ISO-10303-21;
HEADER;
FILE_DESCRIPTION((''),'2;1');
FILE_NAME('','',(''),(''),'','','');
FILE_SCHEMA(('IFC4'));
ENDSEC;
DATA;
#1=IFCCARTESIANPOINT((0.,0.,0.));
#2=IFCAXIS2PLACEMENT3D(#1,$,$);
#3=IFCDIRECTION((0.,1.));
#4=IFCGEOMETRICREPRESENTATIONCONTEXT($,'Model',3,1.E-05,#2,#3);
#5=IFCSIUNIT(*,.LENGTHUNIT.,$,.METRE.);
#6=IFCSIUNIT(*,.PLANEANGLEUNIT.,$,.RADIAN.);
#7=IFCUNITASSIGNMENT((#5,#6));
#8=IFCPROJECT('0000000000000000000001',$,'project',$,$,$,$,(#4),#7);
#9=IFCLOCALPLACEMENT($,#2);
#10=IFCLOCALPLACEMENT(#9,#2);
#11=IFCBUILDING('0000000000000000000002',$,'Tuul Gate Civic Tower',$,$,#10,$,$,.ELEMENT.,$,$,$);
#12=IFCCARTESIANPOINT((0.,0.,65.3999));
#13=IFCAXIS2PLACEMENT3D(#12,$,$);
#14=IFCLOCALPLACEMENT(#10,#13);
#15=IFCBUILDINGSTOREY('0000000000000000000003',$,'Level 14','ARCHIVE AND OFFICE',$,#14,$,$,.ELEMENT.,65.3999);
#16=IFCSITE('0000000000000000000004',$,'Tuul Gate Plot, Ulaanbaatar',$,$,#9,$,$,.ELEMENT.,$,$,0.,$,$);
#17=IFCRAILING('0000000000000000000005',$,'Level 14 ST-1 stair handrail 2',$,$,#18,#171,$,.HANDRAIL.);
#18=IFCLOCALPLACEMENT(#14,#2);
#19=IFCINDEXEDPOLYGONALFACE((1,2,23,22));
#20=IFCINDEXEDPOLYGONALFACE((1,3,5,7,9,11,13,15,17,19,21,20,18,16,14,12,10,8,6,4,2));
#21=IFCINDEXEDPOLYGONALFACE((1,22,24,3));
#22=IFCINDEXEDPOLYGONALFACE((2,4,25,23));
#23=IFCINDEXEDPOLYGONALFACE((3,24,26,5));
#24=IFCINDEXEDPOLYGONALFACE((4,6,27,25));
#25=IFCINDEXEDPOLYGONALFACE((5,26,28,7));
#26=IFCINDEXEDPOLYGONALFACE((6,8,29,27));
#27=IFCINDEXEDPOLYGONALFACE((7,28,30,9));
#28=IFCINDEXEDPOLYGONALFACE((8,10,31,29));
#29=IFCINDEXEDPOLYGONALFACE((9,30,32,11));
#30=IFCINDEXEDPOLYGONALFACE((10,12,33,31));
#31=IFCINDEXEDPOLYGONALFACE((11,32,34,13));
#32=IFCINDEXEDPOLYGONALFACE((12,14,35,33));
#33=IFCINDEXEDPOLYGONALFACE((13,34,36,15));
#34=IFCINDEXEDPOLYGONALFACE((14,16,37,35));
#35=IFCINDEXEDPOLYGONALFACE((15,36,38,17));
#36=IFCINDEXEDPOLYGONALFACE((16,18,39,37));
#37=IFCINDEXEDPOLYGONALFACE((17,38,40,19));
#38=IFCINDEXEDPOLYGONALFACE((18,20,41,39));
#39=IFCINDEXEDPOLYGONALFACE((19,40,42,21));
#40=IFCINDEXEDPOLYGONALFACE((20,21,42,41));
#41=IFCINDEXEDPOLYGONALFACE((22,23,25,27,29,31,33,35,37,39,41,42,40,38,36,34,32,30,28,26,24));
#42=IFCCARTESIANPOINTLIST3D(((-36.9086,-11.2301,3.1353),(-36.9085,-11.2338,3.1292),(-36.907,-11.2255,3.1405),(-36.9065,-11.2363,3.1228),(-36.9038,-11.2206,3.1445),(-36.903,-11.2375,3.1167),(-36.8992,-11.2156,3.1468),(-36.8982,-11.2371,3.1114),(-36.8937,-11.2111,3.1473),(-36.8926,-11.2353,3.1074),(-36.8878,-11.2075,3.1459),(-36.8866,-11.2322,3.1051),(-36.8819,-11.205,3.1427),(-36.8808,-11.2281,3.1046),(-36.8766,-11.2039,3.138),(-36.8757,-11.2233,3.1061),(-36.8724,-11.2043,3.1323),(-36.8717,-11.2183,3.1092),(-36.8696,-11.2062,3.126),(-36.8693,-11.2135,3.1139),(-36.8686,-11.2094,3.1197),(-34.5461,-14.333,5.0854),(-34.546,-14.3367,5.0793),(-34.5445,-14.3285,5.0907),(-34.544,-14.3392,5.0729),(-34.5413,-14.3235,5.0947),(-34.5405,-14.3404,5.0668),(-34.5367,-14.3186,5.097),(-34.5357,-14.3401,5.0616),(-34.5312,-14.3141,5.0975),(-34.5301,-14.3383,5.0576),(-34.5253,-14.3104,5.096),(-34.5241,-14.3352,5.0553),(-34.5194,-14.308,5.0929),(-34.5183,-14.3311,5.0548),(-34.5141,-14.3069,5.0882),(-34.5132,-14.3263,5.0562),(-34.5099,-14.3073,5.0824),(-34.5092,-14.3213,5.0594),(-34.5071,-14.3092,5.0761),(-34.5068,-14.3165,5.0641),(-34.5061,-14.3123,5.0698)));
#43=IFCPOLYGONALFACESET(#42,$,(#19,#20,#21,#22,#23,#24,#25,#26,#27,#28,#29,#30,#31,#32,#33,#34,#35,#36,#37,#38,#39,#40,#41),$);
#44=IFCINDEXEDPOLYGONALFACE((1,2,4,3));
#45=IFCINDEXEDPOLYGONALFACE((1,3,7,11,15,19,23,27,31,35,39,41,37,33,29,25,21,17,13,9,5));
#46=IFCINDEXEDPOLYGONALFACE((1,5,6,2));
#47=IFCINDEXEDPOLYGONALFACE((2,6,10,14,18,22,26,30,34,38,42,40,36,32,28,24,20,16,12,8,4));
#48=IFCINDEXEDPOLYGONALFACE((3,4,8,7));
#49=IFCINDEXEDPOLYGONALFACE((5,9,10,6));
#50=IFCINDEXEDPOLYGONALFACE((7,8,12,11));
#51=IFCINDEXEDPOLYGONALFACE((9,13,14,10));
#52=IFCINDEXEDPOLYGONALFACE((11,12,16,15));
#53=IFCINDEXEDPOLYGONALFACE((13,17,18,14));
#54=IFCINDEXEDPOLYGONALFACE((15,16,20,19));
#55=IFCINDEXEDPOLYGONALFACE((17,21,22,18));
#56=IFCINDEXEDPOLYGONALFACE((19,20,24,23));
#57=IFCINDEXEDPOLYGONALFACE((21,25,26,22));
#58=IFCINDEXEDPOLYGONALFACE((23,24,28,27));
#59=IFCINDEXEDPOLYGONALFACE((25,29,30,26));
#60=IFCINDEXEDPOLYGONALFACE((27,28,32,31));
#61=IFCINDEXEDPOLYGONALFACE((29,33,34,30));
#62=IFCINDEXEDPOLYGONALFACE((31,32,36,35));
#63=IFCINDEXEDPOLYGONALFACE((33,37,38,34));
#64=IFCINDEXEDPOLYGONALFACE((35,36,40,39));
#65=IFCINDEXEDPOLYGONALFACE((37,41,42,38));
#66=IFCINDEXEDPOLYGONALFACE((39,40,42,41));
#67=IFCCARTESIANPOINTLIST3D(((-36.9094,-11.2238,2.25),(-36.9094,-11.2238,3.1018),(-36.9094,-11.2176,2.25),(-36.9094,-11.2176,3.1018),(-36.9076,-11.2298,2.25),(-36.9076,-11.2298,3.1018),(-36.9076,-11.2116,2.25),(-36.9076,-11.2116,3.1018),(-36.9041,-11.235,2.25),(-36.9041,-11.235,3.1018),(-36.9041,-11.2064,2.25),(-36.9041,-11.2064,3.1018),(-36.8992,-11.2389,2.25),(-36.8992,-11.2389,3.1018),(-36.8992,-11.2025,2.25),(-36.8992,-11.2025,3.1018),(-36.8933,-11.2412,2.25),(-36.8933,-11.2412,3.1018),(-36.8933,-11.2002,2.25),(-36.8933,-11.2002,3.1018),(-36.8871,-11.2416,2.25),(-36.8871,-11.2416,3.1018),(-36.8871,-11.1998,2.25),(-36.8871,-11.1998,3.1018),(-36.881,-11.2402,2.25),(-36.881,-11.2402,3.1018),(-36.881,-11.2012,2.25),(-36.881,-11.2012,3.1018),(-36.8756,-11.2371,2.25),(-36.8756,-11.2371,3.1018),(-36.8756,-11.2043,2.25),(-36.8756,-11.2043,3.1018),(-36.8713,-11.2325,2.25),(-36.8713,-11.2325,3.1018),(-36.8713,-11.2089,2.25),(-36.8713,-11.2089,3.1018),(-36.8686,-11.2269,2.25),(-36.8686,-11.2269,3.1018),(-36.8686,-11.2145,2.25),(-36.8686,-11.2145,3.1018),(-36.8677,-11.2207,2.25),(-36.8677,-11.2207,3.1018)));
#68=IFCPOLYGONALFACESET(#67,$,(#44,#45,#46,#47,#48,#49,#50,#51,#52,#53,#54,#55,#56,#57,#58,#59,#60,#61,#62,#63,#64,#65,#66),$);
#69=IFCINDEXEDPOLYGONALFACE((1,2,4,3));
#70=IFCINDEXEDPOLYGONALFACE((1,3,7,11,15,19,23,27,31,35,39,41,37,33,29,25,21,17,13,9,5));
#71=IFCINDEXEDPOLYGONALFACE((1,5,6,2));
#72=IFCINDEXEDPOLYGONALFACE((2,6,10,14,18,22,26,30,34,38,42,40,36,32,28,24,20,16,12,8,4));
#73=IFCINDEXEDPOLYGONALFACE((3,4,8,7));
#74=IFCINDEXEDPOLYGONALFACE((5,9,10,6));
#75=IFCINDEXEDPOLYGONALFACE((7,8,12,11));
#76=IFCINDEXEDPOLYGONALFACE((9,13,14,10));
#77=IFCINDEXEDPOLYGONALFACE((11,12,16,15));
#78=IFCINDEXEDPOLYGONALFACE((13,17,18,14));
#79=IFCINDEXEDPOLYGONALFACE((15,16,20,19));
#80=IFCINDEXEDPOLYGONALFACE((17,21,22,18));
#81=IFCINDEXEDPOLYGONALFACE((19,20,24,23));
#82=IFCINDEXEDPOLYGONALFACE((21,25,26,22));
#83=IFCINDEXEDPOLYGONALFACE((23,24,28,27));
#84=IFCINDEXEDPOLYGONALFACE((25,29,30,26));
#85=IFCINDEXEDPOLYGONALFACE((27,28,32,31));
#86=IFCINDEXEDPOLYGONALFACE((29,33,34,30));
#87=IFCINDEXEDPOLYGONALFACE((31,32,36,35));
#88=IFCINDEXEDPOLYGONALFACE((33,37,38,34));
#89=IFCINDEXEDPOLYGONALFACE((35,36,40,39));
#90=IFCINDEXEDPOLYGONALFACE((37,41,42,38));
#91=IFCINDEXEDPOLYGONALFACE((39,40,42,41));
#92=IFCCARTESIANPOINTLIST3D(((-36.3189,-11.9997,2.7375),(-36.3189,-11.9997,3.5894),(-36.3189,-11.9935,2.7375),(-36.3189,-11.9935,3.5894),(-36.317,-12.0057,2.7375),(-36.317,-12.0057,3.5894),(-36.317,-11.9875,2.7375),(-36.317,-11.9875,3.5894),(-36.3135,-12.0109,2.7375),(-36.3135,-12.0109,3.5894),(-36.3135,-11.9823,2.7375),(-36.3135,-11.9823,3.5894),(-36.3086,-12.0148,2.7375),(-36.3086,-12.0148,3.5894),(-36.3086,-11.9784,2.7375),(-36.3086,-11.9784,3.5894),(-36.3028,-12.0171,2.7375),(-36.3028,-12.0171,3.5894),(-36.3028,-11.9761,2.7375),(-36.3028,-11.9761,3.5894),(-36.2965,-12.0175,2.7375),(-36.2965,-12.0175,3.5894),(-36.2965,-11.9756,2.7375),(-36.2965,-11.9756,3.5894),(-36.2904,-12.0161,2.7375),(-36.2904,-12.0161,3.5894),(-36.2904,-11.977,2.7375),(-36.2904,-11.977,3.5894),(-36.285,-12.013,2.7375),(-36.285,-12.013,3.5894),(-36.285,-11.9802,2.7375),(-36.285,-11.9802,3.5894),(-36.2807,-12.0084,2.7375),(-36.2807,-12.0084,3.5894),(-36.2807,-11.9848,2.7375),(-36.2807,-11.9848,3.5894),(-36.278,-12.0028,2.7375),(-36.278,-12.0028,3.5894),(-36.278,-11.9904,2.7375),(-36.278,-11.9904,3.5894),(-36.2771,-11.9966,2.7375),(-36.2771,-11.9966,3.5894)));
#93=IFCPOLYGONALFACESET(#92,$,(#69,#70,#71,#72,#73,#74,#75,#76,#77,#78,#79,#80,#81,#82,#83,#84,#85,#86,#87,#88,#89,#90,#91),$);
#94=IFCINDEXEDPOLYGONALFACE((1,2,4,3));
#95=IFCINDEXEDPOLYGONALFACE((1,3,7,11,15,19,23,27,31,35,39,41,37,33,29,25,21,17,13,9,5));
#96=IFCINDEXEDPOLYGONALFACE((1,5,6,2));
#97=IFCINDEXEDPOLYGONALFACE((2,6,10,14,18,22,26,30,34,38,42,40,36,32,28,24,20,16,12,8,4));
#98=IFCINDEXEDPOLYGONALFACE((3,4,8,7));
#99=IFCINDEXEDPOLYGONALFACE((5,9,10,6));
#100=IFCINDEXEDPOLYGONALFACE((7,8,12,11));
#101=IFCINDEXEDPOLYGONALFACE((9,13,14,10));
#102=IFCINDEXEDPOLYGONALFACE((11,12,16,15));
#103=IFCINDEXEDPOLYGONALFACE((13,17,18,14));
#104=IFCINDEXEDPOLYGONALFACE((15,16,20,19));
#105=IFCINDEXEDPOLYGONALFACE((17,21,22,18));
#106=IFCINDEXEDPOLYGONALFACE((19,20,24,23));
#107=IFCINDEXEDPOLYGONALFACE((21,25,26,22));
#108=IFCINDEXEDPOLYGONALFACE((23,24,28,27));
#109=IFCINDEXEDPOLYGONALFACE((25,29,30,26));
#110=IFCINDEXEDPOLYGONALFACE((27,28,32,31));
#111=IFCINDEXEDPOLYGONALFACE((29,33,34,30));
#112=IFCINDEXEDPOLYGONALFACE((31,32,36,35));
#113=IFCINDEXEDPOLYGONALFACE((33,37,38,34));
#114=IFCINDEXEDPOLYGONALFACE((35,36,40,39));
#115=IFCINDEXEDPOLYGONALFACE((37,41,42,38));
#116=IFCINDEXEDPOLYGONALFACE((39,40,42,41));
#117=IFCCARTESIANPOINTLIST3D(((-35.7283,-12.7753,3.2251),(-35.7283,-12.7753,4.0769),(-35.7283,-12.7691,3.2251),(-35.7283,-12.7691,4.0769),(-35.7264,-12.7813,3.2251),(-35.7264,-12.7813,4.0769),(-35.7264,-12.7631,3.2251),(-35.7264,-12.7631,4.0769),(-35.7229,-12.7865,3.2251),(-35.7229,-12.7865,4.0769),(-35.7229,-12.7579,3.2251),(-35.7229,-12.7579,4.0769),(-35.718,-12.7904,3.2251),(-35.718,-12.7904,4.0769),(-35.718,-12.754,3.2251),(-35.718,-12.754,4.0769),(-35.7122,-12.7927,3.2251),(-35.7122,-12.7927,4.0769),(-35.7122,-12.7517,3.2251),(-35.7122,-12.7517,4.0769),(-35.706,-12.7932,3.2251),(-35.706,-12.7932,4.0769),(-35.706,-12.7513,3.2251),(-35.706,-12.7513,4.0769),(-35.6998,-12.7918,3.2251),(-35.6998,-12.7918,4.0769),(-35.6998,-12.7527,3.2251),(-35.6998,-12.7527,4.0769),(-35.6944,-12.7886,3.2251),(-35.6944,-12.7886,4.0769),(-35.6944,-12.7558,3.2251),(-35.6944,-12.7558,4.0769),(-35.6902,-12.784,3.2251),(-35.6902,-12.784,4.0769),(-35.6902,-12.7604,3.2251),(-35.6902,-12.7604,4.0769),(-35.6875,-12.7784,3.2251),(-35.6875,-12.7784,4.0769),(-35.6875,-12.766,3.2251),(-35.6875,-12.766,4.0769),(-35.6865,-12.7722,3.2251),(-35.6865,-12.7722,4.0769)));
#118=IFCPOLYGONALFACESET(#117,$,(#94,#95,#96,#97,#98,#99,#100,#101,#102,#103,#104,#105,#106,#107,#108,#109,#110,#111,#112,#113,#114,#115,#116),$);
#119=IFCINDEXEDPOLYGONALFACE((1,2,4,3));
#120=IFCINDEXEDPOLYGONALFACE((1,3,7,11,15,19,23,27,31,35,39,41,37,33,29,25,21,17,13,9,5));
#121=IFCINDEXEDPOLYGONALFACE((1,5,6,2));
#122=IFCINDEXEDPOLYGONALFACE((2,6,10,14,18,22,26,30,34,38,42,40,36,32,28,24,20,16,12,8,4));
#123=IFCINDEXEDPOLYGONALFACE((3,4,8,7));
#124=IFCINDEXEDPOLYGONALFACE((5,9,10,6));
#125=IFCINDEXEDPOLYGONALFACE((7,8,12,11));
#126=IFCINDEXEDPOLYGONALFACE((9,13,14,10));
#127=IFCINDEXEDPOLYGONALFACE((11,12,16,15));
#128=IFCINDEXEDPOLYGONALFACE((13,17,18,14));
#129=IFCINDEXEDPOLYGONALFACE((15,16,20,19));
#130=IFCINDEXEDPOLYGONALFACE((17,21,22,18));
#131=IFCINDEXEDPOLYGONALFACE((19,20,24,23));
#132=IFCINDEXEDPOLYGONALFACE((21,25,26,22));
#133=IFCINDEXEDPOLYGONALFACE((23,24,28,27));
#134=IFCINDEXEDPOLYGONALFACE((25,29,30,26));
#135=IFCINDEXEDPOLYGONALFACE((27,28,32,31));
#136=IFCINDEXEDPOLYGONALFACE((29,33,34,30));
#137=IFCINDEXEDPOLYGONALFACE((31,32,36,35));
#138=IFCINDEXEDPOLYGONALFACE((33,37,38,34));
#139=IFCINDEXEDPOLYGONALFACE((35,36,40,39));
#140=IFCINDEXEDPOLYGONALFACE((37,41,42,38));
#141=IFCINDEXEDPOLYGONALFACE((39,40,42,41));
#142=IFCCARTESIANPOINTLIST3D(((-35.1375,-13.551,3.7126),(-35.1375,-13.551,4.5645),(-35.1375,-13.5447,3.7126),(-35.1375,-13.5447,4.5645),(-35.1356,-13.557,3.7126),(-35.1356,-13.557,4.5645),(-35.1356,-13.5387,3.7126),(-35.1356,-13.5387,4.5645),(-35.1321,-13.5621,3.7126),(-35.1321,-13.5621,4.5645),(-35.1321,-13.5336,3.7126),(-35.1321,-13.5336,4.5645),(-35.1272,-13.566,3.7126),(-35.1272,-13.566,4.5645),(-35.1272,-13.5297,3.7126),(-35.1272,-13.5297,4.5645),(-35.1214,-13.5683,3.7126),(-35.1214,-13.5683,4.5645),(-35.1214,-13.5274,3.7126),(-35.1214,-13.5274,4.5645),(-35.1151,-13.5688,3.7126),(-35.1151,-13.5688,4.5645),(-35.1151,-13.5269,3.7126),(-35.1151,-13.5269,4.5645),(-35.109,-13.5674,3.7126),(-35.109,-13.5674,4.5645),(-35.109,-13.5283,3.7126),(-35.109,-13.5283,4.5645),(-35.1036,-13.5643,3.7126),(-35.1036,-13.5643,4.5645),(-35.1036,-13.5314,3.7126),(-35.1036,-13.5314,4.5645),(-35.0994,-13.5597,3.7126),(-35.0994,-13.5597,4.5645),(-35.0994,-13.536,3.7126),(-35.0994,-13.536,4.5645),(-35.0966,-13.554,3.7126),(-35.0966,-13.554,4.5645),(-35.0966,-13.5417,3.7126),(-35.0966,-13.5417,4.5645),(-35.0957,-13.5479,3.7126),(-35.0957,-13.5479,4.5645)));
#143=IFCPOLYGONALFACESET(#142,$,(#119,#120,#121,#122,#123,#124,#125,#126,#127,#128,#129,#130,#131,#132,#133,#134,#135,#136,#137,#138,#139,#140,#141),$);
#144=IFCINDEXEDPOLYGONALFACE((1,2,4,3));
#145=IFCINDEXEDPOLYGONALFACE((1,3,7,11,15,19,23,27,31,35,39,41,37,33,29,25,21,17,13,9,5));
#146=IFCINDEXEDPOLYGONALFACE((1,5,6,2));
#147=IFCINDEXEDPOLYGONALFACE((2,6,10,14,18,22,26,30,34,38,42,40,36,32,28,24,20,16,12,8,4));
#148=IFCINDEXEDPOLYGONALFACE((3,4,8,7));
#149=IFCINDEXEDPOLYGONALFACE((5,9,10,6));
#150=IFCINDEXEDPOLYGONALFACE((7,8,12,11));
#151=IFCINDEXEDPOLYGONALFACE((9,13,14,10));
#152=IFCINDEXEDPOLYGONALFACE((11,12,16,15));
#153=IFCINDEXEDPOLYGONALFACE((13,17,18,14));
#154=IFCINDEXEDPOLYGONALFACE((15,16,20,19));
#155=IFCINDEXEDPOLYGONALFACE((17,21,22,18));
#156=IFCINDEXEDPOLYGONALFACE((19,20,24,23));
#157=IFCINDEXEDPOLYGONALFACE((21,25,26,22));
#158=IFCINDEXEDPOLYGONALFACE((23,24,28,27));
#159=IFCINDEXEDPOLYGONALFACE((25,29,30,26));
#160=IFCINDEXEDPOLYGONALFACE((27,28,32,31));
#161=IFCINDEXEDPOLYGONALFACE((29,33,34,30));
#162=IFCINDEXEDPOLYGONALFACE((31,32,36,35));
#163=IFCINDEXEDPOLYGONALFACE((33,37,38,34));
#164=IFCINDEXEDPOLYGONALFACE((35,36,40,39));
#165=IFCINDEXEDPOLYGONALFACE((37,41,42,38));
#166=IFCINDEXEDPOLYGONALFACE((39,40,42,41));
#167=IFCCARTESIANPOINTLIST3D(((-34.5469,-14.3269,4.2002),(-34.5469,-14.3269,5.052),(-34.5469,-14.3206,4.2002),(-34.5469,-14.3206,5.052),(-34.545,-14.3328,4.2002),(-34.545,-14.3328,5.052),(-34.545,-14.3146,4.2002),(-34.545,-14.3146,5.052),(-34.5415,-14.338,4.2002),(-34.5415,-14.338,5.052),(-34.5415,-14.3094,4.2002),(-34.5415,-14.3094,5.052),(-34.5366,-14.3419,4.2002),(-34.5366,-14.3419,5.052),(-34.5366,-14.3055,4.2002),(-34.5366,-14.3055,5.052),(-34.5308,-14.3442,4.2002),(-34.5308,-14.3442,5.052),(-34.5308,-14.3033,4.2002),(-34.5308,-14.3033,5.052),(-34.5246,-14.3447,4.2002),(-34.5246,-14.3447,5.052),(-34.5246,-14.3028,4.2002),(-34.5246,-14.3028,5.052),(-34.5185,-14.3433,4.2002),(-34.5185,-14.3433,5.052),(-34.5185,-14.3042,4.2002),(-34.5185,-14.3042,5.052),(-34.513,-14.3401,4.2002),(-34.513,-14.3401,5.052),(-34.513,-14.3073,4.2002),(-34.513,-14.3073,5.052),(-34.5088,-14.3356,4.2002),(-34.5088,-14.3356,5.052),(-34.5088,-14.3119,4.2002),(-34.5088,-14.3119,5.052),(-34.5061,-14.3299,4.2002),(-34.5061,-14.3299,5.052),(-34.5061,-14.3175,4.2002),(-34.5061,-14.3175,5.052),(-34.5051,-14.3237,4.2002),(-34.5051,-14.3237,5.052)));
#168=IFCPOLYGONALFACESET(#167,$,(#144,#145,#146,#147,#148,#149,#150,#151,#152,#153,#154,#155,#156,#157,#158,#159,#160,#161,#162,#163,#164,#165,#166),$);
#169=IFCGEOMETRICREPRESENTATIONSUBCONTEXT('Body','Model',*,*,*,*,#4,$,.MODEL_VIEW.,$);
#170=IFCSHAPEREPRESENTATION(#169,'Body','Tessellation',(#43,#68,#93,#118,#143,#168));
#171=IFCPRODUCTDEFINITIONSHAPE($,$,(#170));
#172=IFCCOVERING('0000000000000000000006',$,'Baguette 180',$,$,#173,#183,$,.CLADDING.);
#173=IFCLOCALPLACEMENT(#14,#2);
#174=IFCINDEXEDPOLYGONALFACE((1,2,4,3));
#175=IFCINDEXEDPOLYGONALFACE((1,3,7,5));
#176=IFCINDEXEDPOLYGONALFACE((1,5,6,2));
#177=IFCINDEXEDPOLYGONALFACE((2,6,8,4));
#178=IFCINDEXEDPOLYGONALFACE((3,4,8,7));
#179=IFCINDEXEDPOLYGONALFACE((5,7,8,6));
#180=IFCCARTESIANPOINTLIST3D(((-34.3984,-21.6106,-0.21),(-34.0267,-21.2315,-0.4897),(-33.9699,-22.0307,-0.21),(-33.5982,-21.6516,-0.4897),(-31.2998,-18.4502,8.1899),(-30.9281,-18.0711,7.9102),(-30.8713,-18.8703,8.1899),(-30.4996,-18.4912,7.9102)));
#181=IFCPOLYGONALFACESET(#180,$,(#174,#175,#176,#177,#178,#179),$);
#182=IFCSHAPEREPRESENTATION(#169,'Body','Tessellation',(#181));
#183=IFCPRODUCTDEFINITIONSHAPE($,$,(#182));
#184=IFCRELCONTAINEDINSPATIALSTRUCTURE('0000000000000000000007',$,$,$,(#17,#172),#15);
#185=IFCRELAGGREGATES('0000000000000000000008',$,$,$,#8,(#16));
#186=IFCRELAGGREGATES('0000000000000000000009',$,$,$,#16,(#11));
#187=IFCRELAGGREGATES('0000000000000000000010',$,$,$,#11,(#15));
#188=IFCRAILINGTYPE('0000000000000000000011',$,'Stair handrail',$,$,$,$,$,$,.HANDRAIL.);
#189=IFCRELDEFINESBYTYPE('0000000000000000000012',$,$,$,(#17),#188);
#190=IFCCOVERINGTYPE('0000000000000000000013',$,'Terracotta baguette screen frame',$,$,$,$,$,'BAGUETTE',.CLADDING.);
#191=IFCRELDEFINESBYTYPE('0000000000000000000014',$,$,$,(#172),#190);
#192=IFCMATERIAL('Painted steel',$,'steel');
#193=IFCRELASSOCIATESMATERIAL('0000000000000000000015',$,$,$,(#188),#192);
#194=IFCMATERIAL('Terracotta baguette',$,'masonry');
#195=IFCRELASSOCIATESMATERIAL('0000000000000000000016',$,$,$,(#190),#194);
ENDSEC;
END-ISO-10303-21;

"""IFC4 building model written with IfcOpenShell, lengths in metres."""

from ifc_helpers import new_model, si_unit, direction, frame, origin, origin_2d, place, context, subcontext, project, spatial, rectangle, circle, extrude, material, material_profile, profile_set, type_object, element, save


model = new_model("IFC4")

# Units and contexts
model_context = context("Model", 3, precision=1e-05, world=origin(), true_north=direction((0.0, 1.0)))
body_context = subcontext(model_context, "Body", "Model", "MODEL_VIEW")
ifc_project = project(units=[si_unit("LENGTHUNIT", "METRE"), si_unit("PLANEANGLEUNIT", "RADIAN")], contexts=[model_context])

# Site, building, storey
site_placement = place(None, origin())
site = spatial("IfcSite", under=ifc_project, at=site_placement, Name="Tuul Gate Plot, Ulaanbaatar", CompositionType="ELEMENT", RefElevation=0.0)
building_placement = place(site_placement, origin())
building = spatial("IfcBuilding", under=site, at=building_placement, Name="Tuul Gate Civic Tower", CompositionType="ELEMENT")
storey_placement = place(building_placement, frame((0.0, 0.0, 65.3999)))
storey = spatial("IfcBuildingStorey", under=building, at=storey_placement, Name="Level 14", Description="ARCHIVE AND OFFICE", CompositionType="ELEMENT", Elevation=65.3999)

# Railing
ifc_material_1 = material(Name="Painted steel", Category="steel")
railing_type_1 = type_object("IfcRailingType", Name="Stair handrail", PredefinedType="HANDRAIL", material=ifc_material_1)
railing_1_placement = place(storey_placement, frame((-36.8887, -11.2207, 2.25)))
element("IfcRailing", 1, at=railing_1_placement, inside=storey, type_object=railing_type_1, Name="Level 14 ST-1 stair handrail 2", PredefinedType="HANDRAIL", context=body_context, shape_type="SweptSolid", body=[
    extrude(circle(Radius=0.0239, at=origin_2d()), frame((0.0, 0.0, 0.876), z_axis=(0.541811, -0.711627, 0.447245), x_axis=(0.795637, 0.605773, 0.0)), (0.0, 0.0, 1.0), 4.3604),
    extrude(circle(Radius=0.021, at=origin_2d()), origin(), (0.0, 0.0, 1.0), 0.8518),
    extrude(circle(Radius=0.021, at=origin_2d()), frame((0.5906, -0.7759, 0.4875)), (0.0, 0.0, 1.0), 0.8518),
    extrude(circle(Radius=0.021, at=origin_2d()), frame((1.1812, -1.5515, 0.9751)), (0.0, 0.0, 1.0), 0.8518),
    extrude(circle(Radius=0.021, at=origin_2d()), frame((1.772, -2.3271, 1.4626)), (0.0, 0.0, 1.0), 0.8518),
    extrude(circle(Radius=0.021, at=origin_2d()), frame((2.3625, -3.103, 1.9502)), (0.0, 0.0, 1.0), 0.8518),
])

# Covering
ifc_material_2 = material(Name="Terracotta baguette", Category="masonry")
ifc_material_profile_1 = material_profile(ifc_material_2, rectangle(XDim=0.6001, YDim=0.6001, at=origin_2d()), Name="Terracotta baguette screen frame")
ifc_profile_set_1 = profile_set([ifc_material_profile_1], Name="Terracotta baguette")
covering_type = type_object("IfcCoveringType", Name="Terracotta baguette screen frame", ElementType="BAGUETTE", PredefinedType="CLADDING", material=ifc_profile_set_1)
covering_placement = place(storey_placement, frame((-30.8997, -18.4707, 8.05), z_axis=(-0.326356, -0.332862, -0.8847), x_axis=(0.71405, -0.700095, 0.0)))
element("IfcCovering", 2, at=covering_placement, inside=storey, type_object=covering_type, Name="Baguette 180", PredefinedType="CLADDING", context=body_context, shape_type="SweptSolid", body=[
    extrude(rectangle(XDim=0.6001, YDim=0.6001, at=origin_2d()), origin(), (0.0, 0.0, 1.0), 9.4946),
])

save(model, "model.ifc")
